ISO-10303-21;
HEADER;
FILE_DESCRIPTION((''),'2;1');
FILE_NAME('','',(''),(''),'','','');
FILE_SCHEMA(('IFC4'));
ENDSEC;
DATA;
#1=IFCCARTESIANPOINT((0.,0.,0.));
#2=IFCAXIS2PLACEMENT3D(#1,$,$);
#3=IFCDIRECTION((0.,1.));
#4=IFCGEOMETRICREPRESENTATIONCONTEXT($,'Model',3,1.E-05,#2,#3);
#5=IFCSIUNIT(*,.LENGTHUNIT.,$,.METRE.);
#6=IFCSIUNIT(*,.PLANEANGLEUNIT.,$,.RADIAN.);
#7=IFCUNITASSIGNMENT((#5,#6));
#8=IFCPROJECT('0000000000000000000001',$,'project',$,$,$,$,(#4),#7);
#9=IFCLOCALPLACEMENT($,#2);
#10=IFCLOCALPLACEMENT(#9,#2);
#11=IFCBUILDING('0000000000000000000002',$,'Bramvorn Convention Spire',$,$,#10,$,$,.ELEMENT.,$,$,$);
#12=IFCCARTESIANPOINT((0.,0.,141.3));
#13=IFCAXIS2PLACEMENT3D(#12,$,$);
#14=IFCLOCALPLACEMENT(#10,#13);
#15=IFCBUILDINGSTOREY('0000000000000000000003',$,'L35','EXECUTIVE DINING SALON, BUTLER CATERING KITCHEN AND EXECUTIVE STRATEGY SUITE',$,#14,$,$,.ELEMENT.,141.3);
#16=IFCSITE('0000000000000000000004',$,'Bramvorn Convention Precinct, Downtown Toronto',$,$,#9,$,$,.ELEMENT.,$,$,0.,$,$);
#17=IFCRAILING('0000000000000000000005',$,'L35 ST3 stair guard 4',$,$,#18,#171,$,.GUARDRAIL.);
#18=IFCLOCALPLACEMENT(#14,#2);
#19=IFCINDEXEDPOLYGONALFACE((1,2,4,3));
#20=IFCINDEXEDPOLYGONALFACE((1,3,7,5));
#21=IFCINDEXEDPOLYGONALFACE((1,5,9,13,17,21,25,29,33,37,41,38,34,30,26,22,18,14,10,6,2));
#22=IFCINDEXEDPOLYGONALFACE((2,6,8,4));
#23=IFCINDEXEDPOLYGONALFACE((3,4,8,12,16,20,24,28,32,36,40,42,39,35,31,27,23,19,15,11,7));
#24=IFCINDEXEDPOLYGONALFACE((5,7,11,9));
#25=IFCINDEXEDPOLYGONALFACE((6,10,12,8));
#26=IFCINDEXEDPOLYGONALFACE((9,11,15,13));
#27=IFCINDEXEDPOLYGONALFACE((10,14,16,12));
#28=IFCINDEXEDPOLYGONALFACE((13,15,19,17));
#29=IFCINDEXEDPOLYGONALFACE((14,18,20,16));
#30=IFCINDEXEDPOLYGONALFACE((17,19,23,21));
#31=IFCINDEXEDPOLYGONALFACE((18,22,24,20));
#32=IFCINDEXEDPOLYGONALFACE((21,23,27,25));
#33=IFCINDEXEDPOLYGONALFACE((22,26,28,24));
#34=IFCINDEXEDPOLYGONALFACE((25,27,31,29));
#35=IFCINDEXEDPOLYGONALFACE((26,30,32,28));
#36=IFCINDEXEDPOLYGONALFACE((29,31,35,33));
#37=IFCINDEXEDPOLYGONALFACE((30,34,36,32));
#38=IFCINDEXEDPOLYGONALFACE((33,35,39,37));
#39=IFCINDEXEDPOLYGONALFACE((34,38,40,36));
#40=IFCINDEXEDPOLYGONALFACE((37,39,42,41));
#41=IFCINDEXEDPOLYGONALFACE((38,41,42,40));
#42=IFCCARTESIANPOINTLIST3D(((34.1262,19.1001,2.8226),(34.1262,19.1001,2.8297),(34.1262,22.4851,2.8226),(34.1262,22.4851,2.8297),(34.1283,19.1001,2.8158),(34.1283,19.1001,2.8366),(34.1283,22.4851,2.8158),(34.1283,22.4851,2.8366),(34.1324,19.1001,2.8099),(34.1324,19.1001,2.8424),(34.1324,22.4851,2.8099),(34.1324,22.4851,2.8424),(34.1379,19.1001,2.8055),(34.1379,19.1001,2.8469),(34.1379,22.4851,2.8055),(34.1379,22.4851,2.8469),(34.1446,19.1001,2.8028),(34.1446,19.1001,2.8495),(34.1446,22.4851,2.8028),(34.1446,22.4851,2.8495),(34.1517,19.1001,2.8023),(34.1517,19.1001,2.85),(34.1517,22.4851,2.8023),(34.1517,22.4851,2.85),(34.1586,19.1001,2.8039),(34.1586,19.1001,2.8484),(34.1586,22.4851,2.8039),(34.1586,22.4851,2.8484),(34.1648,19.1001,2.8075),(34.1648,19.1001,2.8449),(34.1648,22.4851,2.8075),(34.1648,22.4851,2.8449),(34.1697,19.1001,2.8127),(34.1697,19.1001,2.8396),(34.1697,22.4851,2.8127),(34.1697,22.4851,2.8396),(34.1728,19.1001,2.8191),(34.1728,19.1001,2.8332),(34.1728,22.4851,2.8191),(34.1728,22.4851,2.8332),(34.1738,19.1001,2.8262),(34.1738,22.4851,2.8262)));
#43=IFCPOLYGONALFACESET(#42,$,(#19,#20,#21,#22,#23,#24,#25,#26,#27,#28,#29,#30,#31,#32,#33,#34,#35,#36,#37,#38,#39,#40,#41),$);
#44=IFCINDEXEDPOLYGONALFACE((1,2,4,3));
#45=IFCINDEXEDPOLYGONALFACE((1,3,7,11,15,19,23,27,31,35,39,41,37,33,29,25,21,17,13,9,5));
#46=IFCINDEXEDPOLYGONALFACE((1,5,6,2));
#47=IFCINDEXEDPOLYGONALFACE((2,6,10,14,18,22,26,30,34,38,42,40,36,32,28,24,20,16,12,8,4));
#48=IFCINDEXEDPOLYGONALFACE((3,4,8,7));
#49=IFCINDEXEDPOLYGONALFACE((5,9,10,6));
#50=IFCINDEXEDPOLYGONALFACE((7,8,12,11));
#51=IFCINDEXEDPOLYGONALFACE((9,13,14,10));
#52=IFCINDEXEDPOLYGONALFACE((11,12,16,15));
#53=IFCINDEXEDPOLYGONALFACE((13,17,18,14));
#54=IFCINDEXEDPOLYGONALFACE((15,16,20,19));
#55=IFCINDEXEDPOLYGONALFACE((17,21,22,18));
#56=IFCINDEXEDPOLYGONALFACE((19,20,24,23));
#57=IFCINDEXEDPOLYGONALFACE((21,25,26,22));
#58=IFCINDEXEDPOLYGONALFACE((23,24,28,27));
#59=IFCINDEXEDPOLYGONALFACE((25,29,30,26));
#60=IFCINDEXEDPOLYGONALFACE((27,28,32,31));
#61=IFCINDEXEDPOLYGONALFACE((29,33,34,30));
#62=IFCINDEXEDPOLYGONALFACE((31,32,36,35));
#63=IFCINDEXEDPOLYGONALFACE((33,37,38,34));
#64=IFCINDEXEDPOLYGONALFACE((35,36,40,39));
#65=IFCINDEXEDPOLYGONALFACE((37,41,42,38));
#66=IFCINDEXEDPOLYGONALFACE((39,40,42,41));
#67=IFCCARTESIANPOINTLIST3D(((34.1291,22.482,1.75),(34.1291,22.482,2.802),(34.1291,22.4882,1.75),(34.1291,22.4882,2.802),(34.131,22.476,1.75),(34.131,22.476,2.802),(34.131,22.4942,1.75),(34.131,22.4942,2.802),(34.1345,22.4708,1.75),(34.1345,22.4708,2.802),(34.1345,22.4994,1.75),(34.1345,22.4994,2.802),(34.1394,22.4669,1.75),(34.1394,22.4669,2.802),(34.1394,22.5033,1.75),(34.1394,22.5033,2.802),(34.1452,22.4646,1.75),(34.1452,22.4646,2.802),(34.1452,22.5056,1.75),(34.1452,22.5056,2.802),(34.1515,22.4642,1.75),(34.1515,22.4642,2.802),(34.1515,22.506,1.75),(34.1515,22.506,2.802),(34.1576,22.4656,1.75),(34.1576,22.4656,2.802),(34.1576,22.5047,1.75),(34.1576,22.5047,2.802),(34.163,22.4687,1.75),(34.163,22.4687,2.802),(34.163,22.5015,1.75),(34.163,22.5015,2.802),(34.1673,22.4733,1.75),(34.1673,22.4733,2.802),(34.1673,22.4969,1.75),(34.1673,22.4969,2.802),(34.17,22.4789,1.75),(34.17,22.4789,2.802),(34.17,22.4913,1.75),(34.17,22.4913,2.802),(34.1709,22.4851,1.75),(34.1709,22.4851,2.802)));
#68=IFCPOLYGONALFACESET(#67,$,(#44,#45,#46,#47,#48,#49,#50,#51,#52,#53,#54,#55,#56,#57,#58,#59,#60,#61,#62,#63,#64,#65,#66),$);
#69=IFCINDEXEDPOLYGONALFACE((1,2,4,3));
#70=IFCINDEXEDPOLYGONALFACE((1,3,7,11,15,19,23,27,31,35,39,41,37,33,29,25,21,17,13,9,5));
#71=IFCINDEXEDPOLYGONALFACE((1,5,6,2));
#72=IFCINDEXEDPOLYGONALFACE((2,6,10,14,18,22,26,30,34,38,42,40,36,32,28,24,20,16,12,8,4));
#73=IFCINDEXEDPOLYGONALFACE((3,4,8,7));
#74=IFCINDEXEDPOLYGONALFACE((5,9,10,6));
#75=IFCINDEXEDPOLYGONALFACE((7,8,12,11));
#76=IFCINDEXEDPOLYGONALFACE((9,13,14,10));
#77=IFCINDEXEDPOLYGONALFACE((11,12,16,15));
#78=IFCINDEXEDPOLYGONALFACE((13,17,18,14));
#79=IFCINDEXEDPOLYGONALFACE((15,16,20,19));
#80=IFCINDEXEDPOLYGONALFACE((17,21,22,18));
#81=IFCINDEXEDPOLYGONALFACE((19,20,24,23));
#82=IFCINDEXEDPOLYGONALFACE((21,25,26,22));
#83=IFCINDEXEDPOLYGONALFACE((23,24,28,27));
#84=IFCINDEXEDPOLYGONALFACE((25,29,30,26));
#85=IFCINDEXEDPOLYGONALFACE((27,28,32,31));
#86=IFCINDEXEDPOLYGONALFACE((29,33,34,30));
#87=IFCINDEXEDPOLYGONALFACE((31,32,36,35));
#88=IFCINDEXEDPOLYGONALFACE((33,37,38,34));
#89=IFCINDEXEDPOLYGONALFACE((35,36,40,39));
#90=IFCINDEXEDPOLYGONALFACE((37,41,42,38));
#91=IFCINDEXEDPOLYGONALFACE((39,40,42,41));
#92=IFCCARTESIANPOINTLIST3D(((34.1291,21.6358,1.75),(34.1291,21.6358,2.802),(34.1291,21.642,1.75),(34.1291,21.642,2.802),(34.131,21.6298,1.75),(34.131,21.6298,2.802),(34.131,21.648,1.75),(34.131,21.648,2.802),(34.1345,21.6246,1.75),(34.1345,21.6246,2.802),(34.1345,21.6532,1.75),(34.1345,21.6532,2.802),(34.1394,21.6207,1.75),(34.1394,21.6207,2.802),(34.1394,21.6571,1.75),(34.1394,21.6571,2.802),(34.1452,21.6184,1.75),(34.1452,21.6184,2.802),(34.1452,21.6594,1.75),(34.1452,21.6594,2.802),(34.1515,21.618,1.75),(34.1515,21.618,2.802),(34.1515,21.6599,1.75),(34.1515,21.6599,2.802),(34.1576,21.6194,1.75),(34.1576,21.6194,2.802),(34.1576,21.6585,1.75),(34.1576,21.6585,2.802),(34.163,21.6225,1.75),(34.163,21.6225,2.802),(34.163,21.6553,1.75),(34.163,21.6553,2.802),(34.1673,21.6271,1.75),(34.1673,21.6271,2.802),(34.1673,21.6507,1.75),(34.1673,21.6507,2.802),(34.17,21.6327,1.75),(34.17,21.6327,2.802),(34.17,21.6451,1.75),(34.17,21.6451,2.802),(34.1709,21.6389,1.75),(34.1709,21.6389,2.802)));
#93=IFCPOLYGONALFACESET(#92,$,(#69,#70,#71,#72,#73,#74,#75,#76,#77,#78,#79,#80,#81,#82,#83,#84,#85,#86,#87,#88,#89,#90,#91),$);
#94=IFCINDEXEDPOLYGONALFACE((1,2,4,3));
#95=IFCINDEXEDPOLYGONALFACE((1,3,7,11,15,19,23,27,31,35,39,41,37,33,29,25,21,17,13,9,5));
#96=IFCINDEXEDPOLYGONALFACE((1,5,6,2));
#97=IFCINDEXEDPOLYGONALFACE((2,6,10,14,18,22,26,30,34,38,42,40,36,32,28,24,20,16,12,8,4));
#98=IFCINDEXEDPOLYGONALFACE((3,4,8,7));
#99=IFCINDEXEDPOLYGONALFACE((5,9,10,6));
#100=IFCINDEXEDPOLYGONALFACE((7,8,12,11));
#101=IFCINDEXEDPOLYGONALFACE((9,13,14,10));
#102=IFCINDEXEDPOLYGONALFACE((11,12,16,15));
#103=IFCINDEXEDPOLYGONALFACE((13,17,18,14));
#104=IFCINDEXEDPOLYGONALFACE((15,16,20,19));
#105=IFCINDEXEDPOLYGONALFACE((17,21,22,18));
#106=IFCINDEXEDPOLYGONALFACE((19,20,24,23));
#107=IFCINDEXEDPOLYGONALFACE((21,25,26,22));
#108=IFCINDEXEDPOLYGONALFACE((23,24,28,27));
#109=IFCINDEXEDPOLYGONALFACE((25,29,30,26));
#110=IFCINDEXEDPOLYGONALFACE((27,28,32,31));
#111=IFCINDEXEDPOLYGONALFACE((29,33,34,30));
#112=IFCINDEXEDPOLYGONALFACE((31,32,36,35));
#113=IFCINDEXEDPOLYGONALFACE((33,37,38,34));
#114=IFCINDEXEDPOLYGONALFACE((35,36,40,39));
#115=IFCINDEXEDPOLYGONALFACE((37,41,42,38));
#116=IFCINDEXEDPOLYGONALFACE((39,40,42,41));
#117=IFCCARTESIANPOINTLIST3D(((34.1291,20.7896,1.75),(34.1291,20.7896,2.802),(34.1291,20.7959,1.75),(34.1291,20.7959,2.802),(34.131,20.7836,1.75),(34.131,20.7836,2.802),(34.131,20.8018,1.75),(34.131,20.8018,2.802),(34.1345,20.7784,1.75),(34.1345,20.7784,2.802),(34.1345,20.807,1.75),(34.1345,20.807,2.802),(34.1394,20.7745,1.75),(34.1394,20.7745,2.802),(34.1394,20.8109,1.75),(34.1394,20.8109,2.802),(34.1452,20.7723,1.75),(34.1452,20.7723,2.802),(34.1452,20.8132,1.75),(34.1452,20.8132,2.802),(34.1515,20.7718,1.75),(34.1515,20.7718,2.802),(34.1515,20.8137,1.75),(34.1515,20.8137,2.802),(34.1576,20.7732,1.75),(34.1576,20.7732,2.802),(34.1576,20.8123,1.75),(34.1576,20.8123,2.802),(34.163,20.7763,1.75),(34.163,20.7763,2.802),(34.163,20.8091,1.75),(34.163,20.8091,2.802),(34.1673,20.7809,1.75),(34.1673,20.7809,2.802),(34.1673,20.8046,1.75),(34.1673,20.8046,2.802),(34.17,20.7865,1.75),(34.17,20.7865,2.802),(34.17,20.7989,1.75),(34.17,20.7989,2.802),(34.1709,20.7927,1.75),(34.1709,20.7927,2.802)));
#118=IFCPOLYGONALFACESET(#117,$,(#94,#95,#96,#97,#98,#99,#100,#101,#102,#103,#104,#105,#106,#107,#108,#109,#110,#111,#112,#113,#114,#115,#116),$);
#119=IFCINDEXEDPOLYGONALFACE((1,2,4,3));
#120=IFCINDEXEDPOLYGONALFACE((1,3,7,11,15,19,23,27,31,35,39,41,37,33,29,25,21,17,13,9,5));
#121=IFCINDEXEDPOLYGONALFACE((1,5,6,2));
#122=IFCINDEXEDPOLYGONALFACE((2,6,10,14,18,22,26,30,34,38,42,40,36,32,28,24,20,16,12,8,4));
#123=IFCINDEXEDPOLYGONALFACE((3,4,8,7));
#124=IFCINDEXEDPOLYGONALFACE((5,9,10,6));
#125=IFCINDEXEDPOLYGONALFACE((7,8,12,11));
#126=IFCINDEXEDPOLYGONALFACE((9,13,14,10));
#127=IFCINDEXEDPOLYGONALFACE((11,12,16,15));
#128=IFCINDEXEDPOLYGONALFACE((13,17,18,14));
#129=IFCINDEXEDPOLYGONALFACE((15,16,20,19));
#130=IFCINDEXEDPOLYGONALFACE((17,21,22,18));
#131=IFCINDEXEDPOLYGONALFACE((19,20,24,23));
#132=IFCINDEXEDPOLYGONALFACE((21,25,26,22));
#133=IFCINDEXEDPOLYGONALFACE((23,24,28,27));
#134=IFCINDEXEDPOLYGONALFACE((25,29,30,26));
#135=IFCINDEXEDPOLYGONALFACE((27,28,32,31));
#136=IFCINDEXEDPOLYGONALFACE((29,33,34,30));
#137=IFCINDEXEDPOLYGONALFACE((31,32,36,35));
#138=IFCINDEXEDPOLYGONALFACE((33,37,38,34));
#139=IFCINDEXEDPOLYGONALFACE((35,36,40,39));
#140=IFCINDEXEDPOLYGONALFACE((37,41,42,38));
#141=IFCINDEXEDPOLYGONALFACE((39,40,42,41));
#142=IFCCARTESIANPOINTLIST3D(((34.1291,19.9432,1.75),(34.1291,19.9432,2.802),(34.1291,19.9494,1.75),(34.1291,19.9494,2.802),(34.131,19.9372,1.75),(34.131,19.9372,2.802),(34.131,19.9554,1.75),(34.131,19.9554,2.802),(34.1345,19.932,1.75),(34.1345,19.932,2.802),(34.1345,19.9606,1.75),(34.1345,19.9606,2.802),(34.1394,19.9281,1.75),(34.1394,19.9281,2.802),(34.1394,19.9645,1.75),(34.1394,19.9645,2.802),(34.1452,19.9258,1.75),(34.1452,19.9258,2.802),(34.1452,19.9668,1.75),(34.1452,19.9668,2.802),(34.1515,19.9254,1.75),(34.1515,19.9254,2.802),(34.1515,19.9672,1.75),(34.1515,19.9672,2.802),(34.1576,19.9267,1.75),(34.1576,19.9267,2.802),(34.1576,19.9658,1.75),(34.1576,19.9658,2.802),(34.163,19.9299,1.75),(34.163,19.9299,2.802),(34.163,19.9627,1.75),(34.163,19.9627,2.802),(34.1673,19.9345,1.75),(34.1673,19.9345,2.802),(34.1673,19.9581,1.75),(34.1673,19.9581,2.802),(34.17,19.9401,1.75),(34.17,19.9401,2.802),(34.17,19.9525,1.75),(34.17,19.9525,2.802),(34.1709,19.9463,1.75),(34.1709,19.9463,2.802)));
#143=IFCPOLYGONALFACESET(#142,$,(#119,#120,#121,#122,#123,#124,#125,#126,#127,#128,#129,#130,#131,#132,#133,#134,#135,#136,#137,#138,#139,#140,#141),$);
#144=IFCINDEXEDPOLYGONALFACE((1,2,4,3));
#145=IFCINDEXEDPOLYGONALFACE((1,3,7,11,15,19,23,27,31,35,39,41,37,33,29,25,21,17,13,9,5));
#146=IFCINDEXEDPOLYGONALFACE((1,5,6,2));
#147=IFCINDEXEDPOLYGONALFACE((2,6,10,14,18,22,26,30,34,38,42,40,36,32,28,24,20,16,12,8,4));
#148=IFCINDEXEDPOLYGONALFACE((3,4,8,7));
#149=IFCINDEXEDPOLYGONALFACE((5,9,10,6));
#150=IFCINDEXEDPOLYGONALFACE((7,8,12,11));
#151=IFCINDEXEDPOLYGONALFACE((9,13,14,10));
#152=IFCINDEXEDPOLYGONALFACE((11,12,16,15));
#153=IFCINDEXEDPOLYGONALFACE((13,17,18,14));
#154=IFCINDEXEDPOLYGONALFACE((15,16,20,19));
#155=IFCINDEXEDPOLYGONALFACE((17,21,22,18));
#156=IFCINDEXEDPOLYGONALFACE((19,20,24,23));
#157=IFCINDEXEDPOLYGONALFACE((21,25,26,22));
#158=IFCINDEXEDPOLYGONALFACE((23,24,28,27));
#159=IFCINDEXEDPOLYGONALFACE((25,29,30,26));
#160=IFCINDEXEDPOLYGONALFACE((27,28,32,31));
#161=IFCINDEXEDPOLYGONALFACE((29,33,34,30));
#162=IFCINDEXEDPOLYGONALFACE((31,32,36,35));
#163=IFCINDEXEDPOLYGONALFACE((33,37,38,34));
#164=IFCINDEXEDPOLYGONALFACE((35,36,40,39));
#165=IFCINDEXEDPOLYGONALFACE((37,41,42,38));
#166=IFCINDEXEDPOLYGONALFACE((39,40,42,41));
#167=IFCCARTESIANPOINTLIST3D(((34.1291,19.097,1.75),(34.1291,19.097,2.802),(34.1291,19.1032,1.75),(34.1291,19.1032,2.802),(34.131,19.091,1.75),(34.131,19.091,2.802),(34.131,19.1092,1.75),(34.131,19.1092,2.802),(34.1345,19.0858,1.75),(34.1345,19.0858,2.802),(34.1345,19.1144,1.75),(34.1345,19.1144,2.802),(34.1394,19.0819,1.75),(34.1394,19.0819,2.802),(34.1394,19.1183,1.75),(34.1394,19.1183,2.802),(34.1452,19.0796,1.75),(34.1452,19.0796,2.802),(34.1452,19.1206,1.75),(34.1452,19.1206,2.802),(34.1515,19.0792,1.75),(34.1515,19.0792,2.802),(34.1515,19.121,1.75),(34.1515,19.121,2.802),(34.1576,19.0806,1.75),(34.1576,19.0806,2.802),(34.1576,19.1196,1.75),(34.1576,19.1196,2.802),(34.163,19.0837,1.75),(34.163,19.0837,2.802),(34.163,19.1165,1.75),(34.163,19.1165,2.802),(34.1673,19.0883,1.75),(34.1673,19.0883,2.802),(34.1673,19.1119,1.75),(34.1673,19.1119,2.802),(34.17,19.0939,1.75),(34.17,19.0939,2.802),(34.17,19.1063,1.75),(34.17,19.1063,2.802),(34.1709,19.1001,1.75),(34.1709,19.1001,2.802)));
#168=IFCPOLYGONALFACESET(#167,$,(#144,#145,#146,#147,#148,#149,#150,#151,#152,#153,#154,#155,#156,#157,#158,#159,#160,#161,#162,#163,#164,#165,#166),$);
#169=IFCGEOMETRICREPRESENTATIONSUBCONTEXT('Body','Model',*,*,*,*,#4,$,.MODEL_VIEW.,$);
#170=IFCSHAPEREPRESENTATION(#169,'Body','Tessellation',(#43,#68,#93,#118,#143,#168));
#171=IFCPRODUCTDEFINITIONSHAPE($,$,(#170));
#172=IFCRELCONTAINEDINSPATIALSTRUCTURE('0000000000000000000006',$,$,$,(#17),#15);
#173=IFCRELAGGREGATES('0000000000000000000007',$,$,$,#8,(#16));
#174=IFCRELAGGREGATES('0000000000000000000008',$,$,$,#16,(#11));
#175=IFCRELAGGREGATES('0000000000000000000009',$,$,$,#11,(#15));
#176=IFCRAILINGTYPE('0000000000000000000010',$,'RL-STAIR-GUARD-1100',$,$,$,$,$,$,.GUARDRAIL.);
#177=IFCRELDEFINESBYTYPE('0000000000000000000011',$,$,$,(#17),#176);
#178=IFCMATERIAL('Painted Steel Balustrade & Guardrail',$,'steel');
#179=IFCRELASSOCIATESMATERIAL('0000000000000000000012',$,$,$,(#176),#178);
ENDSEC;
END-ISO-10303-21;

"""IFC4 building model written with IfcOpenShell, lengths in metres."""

from ifc_helpers import new_model, si_unit, direction, frame, origin, origin_2d, place, context, subcontext, project, spatial, circle, extrude, material, type_object, element, save


model = new_model("IFC4")

# Units and contexts
model_context = context("Model", 3, precision=1e-05, world=origin(), true_north=direction((0.0, 1.0)))
body_context = subcontext(model_context, "Body", "Model", "MODEL_VIEW")
ifc_project = project(units=[si_unit("LENGTHUNIT", "METRE"), si_unit("PLANEANGLEUNIT", "RADIAN")], contexts=[model_context])

# Site, building, storey
site_placement = place(None, origin())
site = spatial("IfcSite", under=ifc_project, at=site_placement, Name="Bramvorn Convention Precinct, Downtown Toronto", CompositionType="ELEMENT", RefElevation=0.0)
building_placement = place(site_placement, origin())
building = spatial("IfcBuilding", under=site, at=building_placement, Name="Bramvorn Convention Spire", CompositionType="ELEMENT")
storey_placement = place(building_placement, frame((0.0, 0.0, 141.3)))
storey = spatial("IfcBuildingStorey", under=building, at=storey_placement, Name="L35", Description="EXECUTIVE DINING SALON, BUTLER CATERING KITCHEN AND EXECUTIVE STRATEGY SUITE", CompositionType="ELEMENT", Elevation=141.3)

# Railing
ifc_material_1 = material(Name="Painted Steel Balustrade & Guardrail", Category="steel")
railing_type_1 = type_object("IfcRailingType", Name="RL-STAIR-GUARD-1100", PredefinedType="GUARDRAIL", material=ifc_material_1)
for number, where, name in (
    (1, (34.1499, 22.4851, 1.75), "L35 ST3 stair guard 4"),
):
    element("IfcRailing", number, at=place(storey_placement, frame(where)), inside=storey, type_object=railing_type_1, Name=name, PredefinedType="GUARDRAIL", context=body_context, shape_type="SweptSolid", body=[
        extrude(circle(Radius=0.0239, at=origin_2d()), frame((0.0, 0.0, 1.0762), z_axis=(0.0, -1.0, 0.0), x_axis=(1.0, 0.0, 0.0)), (0.0, 0.0, 1.0), 3.385),
        extrude(circle(Radius=0.021, at=origin_2d()), origin(), (0.0, 0.0, 1.0), 1.052),
        extrude(circle(Radius=0.021, at=origin_2d()), frame((0.0, -0.8462, 0.0)), (0.0, 0.0, 1.0), 1.052),
        extrude(circle(Radius=0.021, at=origin_2d()), frame((0.0, -1.6924, 0.0)), (0.0, 0.0, 1.0), 1.052),
        extrude(circle(Radius=0.021, at=origin_2d()), frame((0.0, -2.5388, 0.0)), (0.0, 0.0, 1.0), 1.052),
        extrude(circle(Radius=0.021, at=origin_2d()), frame((0.0, -3.385, 0.0)), (0.0, 0.0, 1.0), 1.052),
    ])

save(model, "model.ifc")
